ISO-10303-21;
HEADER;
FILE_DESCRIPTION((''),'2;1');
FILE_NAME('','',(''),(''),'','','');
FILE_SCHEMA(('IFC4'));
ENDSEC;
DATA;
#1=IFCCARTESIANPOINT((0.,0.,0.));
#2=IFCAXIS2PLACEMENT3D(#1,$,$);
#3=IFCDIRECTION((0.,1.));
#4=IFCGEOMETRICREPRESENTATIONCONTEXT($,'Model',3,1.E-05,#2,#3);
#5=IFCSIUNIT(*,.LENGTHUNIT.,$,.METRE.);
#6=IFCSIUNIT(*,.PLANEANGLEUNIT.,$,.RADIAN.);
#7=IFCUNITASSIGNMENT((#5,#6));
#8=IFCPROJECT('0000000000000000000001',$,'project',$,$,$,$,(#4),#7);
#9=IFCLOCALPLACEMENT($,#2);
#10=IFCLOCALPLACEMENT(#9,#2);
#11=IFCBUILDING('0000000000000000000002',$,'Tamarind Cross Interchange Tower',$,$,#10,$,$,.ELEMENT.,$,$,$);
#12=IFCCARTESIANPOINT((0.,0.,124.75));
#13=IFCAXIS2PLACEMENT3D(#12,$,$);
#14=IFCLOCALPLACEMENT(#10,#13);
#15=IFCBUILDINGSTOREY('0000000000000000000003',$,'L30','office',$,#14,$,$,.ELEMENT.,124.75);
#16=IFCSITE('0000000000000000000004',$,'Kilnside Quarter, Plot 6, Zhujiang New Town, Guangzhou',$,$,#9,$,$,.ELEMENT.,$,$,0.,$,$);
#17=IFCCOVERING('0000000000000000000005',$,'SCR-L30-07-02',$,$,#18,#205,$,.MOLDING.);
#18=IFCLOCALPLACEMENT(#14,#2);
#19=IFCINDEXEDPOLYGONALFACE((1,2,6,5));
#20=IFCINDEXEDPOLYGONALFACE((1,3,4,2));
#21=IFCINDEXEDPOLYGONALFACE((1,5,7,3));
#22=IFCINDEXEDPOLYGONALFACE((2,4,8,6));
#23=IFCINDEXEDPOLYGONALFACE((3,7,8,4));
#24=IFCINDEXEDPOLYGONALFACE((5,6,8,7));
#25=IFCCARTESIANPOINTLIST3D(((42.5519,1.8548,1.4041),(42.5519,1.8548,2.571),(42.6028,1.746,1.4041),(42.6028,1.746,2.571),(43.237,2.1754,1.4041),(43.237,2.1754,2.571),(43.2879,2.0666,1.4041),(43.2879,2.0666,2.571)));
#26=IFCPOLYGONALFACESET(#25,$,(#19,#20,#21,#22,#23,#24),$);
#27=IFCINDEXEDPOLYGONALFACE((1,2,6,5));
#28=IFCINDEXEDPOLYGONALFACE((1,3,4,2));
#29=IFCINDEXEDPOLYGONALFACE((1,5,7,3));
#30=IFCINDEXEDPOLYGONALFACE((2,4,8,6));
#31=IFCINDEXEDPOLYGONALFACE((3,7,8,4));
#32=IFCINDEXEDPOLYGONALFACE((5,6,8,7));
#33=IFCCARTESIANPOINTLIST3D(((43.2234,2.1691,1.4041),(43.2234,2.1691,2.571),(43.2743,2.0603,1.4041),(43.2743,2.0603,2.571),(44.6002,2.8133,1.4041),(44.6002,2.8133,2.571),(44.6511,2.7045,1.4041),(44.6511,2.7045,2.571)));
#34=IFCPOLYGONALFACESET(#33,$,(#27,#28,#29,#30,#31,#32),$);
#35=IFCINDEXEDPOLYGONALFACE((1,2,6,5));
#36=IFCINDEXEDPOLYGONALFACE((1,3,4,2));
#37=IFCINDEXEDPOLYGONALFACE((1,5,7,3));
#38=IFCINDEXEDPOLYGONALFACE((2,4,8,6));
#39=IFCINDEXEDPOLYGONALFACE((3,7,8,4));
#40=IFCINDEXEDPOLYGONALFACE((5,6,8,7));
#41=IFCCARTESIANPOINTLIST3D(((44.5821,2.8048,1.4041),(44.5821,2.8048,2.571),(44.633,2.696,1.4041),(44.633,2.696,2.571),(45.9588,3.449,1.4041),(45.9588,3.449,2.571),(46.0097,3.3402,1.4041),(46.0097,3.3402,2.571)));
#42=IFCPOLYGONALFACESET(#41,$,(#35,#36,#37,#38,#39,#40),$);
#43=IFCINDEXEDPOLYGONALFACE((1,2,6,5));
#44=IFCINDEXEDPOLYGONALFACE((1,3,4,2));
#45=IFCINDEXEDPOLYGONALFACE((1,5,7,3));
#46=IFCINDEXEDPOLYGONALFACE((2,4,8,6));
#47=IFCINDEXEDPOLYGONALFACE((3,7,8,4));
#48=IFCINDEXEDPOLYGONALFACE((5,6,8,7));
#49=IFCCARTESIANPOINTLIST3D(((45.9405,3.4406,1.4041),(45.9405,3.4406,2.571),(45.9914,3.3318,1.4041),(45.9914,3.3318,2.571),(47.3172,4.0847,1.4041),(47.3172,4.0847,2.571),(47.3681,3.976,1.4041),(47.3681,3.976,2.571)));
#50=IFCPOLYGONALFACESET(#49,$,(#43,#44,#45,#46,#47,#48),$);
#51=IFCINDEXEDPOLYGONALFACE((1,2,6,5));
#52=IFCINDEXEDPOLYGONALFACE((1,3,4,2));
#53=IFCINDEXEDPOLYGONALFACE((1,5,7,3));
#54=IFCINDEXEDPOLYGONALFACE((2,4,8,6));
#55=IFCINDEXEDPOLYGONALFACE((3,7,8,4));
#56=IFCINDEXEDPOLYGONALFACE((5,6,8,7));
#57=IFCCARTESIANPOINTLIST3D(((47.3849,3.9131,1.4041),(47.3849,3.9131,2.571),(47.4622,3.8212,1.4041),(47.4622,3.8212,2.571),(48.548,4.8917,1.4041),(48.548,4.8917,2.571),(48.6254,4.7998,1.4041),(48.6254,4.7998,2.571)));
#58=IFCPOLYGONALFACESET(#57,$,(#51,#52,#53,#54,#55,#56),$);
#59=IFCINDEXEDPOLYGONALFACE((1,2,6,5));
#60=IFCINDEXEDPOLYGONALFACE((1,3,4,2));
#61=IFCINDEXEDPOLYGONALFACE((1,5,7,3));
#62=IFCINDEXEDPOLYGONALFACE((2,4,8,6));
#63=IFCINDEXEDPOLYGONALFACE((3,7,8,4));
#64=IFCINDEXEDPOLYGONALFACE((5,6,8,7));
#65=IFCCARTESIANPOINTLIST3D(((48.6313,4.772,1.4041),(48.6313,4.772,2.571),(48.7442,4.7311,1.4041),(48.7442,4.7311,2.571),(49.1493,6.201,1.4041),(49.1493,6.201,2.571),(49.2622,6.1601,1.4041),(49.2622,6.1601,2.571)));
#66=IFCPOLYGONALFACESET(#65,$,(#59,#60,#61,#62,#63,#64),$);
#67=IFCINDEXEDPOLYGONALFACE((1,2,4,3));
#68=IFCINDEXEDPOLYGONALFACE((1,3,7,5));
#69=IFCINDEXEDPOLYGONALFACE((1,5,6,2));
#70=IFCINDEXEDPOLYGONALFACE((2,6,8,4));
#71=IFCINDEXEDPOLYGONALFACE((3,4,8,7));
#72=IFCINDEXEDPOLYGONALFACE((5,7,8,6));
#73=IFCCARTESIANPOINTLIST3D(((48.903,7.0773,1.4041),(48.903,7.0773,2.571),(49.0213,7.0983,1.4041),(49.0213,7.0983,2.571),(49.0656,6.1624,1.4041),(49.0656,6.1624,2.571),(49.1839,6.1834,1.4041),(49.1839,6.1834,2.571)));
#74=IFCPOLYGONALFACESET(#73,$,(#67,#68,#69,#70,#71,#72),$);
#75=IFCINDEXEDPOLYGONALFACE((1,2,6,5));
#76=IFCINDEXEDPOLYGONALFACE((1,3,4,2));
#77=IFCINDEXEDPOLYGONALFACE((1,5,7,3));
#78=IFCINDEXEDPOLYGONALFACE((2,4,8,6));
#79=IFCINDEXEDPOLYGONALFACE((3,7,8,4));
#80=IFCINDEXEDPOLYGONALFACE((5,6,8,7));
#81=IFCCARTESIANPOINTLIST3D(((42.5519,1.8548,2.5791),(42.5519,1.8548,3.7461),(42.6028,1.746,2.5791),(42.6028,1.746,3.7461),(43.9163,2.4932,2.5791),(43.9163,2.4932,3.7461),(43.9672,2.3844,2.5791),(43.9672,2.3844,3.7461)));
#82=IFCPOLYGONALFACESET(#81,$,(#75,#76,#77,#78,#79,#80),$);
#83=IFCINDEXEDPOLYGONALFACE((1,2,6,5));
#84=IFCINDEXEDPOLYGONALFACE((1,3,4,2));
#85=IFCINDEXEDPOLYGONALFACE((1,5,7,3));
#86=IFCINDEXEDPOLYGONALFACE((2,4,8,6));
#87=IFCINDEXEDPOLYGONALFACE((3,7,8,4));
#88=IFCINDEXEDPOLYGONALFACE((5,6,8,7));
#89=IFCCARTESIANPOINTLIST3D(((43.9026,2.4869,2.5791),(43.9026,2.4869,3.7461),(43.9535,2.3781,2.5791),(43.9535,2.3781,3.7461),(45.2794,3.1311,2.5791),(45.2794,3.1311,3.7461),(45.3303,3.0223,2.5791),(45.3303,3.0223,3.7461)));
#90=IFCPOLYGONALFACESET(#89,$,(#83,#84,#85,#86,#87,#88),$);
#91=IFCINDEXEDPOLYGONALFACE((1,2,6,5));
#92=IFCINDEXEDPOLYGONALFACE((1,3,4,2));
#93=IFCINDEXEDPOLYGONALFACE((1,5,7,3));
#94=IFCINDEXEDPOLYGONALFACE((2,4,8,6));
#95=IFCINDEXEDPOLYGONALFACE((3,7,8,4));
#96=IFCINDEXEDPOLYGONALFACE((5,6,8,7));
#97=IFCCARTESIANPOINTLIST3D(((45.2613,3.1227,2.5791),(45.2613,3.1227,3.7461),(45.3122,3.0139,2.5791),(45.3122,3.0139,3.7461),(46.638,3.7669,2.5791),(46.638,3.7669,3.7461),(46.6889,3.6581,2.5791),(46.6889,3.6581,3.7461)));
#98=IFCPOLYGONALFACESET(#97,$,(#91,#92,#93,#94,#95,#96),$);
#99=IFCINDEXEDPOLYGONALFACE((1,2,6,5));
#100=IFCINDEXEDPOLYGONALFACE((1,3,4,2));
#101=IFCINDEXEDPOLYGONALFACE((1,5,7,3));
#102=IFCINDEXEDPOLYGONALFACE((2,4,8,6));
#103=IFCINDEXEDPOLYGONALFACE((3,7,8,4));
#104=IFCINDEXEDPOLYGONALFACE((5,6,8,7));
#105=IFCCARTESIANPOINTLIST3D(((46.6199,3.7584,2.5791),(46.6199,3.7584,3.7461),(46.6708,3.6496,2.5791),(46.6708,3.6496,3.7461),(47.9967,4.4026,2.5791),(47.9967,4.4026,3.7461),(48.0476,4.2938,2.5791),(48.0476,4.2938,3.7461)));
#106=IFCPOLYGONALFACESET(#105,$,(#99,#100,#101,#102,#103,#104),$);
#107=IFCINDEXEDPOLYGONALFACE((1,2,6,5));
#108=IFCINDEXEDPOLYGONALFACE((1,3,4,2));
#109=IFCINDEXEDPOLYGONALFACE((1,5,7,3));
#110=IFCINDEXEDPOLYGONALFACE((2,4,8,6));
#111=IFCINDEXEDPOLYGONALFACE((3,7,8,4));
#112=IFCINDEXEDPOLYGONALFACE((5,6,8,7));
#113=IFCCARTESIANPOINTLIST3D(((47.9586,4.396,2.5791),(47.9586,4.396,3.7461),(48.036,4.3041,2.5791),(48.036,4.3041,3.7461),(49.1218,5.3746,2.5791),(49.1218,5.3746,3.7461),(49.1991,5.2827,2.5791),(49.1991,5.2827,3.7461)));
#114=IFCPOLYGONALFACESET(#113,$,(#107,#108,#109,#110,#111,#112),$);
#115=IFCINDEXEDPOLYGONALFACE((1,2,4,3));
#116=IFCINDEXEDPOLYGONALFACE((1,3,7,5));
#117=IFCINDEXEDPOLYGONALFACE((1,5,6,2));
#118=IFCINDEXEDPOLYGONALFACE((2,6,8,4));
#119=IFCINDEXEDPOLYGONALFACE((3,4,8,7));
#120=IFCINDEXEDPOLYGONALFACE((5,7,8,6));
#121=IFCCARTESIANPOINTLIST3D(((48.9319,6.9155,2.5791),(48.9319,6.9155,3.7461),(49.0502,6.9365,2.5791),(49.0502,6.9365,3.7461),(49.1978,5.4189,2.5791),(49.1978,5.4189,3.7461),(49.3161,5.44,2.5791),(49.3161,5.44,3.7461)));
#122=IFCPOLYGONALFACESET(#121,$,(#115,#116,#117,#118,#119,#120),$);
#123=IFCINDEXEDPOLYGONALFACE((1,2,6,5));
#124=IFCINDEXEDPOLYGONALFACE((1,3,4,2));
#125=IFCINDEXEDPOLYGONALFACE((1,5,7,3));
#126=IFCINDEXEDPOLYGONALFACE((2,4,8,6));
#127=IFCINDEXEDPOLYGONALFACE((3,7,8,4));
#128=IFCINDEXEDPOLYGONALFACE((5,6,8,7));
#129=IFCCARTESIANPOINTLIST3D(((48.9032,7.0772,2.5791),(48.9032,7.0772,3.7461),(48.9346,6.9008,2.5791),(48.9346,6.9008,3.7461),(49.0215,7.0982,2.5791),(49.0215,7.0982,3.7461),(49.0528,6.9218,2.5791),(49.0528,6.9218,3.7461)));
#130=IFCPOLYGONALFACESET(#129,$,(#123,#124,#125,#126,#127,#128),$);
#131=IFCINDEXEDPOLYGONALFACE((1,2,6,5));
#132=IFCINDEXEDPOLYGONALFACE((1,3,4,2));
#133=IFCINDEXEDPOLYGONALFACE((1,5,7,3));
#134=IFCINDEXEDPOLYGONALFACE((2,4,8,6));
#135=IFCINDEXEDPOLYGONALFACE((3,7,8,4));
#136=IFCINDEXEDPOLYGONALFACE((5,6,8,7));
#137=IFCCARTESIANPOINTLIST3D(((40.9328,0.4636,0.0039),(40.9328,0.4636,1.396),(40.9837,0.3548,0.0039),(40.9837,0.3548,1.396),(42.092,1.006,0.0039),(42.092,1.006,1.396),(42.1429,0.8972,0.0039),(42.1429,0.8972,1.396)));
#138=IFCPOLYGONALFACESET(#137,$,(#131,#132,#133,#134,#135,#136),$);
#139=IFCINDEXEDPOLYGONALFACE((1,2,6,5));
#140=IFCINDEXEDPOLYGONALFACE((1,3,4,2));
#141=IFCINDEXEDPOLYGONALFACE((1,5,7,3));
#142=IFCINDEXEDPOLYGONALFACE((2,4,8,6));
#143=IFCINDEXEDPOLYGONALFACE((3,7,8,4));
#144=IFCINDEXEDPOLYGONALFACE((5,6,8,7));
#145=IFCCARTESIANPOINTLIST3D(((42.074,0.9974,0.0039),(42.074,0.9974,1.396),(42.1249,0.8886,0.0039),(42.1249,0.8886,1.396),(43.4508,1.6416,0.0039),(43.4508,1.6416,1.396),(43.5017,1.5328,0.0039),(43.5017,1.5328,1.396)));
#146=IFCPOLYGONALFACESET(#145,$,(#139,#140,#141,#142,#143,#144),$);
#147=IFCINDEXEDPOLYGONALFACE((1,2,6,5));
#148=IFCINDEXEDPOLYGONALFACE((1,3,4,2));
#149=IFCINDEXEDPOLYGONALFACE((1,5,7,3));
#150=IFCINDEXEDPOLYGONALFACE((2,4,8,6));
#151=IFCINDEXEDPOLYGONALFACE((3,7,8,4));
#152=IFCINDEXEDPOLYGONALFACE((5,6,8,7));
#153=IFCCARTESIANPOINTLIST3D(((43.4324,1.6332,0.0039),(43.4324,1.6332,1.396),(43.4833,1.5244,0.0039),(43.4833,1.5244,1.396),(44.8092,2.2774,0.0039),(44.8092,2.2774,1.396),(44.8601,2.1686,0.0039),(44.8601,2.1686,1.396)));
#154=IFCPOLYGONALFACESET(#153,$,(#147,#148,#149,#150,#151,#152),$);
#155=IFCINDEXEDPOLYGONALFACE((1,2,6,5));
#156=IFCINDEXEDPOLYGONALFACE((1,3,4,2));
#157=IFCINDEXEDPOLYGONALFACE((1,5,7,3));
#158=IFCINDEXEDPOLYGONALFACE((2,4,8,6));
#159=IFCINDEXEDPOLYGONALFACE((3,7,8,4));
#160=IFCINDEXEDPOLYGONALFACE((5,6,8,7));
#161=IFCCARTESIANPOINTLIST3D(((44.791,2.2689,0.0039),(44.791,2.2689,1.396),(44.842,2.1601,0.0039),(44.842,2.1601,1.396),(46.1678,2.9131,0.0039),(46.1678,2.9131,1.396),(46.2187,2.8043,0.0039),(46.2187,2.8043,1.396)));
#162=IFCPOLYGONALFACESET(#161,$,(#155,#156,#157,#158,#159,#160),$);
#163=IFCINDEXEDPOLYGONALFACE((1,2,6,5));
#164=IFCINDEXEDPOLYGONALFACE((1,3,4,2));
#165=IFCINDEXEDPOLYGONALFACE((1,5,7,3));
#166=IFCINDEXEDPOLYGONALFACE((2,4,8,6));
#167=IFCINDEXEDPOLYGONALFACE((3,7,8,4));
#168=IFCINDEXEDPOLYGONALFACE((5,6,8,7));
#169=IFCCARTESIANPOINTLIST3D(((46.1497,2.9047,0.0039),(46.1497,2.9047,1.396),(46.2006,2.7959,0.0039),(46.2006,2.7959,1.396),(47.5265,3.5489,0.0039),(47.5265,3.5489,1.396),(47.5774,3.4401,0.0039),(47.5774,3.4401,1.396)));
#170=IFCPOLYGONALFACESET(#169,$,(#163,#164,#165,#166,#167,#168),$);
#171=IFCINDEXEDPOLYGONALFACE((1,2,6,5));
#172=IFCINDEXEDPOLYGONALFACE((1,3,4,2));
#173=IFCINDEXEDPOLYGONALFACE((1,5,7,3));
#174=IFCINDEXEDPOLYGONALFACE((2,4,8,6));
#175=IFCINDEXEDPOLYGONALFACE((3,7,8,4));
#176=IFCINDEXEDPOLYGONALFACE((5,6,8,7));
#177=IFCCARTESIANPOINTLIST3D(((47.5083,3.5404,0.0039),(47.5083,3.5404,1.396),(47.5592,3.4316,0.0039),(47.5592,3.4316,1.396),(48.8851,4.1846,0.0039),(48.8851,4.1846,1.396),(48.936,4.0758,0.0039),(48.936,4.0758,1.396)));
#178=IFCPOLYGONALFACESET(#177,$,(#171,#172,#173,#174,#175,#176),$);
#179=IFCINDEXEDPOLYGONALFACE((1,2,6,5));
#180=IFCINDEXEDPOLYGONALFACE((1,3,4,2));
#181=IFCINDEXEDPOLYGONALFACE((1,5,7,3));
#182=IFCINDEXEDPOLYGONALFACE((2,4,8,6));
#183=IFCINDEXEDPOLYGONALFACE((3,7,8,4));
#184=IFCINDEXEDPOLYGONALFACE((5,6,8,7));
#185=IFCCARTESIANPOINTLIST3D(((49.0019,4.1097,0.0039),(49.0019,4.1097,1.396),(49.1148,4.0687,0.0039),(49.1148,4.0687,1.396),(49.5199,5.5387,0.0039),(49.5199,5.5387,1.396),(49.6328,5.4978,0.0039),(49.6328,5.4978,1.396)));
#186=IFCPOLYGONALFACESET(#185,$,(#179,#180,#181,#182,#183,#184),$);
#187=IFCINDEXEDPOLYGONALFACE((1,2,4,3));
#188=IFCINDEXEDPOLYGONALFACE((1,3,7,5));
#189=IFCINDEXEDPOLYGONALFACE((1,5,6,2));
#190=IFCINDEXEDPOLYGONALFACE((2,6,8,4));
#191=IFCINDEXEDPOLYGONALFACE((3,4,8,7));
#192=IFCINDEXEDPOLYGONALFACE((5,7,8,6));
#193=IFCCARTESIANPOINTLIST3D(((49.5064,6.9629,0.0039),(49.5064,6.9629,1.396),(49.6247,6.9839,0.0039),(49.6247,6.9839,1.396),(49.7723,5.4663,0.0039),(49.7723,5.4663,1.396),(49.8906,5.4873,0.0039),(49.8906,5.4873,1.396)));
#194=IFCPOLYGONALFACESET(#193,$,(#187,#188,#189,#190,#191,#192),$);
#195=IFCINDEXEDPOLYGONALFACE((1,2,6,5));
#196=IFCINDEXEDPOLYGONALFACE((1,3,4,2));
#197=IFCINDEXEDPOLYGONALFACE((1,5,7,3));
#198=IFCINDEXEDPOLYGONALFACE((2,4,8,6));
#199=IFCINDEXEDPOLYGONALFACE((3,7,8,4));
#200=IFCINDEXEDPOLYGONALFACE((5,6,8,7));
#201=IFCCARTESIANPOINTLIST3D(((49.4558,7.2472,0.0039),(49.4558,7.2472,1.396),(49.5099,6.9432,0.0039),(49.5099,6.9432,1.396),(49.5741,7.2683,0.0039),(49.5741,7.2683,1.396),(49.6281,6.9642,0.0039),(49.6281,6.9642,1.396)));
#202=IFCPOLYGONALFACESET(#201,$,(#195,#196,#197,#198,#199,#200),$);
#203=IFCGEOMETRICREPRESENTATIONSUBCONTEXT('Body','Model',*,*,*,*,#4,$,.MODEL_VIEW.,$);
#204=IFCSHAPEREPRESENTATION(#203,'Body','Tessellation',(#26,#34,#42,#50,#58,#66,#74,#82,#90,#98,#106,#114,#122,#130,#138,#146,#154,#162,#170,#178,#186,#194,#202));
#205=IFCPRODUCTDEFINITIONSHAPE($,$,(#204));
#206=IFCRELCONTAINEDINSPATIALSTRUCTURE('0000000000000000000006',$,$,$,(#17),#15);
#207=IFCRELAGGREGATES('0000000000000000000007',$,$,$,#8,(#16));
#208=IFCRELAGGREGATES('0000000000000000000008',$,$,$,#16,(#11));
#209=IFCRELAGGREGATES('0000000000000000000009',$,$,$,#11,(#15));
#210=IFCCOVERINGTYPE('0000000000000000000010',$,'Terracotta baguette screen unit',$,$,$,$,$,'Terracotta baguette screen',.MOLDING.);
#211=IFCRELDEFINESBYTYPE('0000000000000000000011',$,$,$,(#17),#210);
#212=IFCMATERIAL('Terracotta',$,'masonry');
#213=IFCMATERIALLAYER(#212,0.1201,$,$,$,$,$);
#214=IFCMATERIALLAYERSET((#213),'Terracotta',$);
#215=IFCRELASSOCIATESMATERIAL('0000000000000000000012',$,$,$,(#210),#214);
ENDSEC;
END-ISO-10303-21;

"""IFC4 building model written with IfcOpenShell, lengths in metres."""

from ifc_helpers import new_model, si_unit, direction, frame, origin, origin_2d, place, context, subcontext, project, spatial, rectangle, extrude, material, layer, layer_set, type_object, element, save


model = new_model("IFC4")

# Units and contexts
model_context = context("Model", 3, precision=1e-05, world=origin(), true_north=direction((0.0, 1.0)))
body_context = subcontext(model_context, "Body", "Model", "MODEL_VIEW")
ifc_project = project(units=[si_unit("LENGTHUNIT", "METRE"), si_unit("PLANEANGLEUNIT", "RADIAN")], contexts=[model_context])

# Site, building, storey
site_placement = place(None, origin())
site = spatial("IfcSite", under=ifc_project, at=site_placement, Name="Kilnside Quarter, Plot 6, Zhujiang New Town, Guangzhou", CompositionType="ELEMENT", RefElevation=0.0)
building_placement = place(site_placement, origin())
building = spatial("IfcBuilding", under=site, at=building_placement, Name="Tamarind Cross Interchange Tower", CompositionType="ELEMENT")
storey_placement = place(building_placement, frame((0.0, 0.0, 124.75)))
storey = spatial("IfcBuildingStorey", under=building, at=storey_placement, Name="L30", Description="office", CompositionType="ELEMENT", Elevation=124.75)

# Covering
ifc_material_1 = material(Name="Terracotta", Category="masonry")
ifc_layer_1 = layer(ifc_material_1, 0.1201)
ifc_layer_set_1 = layer_set([ifc_layer_1], Name="Terracotta")
covering_type = type_object("IfcCoveringType", Name="Terracotta baguette screen unit", ElementType="Terracotta baguette screen", PredefinedType="MOLDING", material=ifc_layer_set_1)
covering_1_placement = place(storey_placement, origin())
element("IfcCovering", 1, at=covering_1_placement, inside=storey, type_object=covering_type, Name="SCR-L30-07-02", PredefinedType="MOLDING", context=body_context, shape_type="SweptSolid", body=[
    extrude(rectangle(XDim=0.7563, YDim=0.1201, at=origin_2d()), frame((42.9199, 1.9607, 1.4041), z_axis=(0.0, 0.0, 1.0), x_axis=(0.905752, 0.423807, 0.0)), (0.0, 0.0, 1.0), 1.167),
    extrude(rectangle(XDim=1.52, YDim=0.1201, at=origin_2d()), frame((43.9373, 2.4368, 1.4041), z_axis=(0.0, 0.0, 1.0), x_axis=(0.905752, 0.423807, 0.0)), (0.0, 0.0, 1.0), 1.167),
    extrude(rectangle(XDim=1.52, YDim=0.1201, at=origin_2d()), frame((45.2959, 3.0725, 1.4041), z_axis=(0.0, 0.0, 1.0), x_axis=(0.905752, 0.423807, 0.0)), (0.0, 0.0, 1.0), 1.167),
    extrude(rectangle(XDim=1.52, YDim=0.1201, at=origin_2d()), frame((46.6543, 3.7083, 1.4041), z_axis=(0.0, 0.0, 1.0), x_axis=(0.905752, 0.423807, 0.0)), (0.0, 0.0, 1.0), 1.167),
    extrude(rectangle(XDim=1.52, YDim=0.1201, at=origin_2d()), frame((48.0051, 4.3564, 1.4041), z_axis=(0.0, 0.0, 1.0), x_axis=(0.7652, 0.643792, 0.0)), (0.0, 0.0, 1.0), 1.167),
    extrude(rectangle(XDim=1.52, YDim=0.1201, at=origin_2d()), frame((48.9468, 5.4661, 1.4041), z_axis=(0.0, 0.0, 1.0), x_axis=(0.340787, 0.940141, 0.0)), (0.0, 0.0, 1.0), 1.167),
    extrude(rectangle(XDim=0.9292, YDim=0.1201, at=origin_2d()), frame((49.0435, 6.6304, 1.4041), z_axis=(0.0, 0.0, 1.0), x_axis=(-0.174941, 0.984579, 0.0)), (0.0, 0.0, 1.0), 1.167),
    extrude(rectangle(XDim=1.5063, YDim=0.1201, at=origin_2d()), frame((43.2595, 2.1196, 2.5791), z_axis=(0.0, 0.0, 1.0), x_axis=(0.905752, 0.423807, 0.0)), (0.0, 0.0, 1.0), 1.167),
    extrude(rectangle(XDim=1.52, YDim=0.1201, at=origin_2d()), frame((44.6165, 2.7546, 2.5791), z_axis=(0.0, 0.0, 1.0), x_axis=(0.905752, 0.423807, 0.0)), (0.0, 0.0, 1.0), 1.167),
    extrude(rectangle(XDim=1.52, YDim=0.1201, at=origin_2d()), frame((45.9751, 3.3904, 2.5791), z_axis=(0.0, 0.0, 1.0), x_axis=(0.905752, 0.423807, 0.0)), (0.0, 0.0, 1.0), 1.167),
    extrude(rectangle(XDim=1.52, YDim=0.1201, at=origin_2d()), frame((47.3337, 4.0261, 2.5791), z_axis=(0.0, 0.0, 1.0), x_axis=(0.905752, 0.423807, 0.0)), (0.0, 0.0, 1.0), 1.167),
    extrude(rectangle(XDim=1.52, YDim=0.1201, at=origin_2d()), frame((48.5789, 4.8394, 2.5791), z_axis=(0.0, 0.0, 1.0), x_axis=(0.7652, 0.643792, 0.0)), (0.0, 0.0, 1.0), 1.167),
    extrude(rectangle(XDim=1.52, YDim=0.1201, at=origin_2d()), frame((49.124, 6.1777, 2.5791), z_axis=(0.0, 0.0, 1.0), x_axis=(-0.174941, 0.984579, 0.0)), (0.0, 0.0, 1.0), 1.167),
    extrude(rectangle(XDim=0.1792, YDim=0.1201, at=origin_2d()), frame((48.978, 6.9995, 2.5791), z_axis=(0.0, 0.0, 1.0), x_axis=(-0.174941, 0.984579, 0.0)), (0.0, 0.0, 1.0), 1.167),
    extrude(rectangle(XDim=1.2798, YDim=0.1201, at=origin_2d()), frame((41.5378, 0.6804, 0.0039), z_axis=(0.0, 0.0, 1.0), x_axis=(0.905752, 0.423807, 0.0)), (0.0, 0.0, 1.0), 1.3921),
    extrude(rectangle(XDim=1.52, YDim=0.1201, at=origin_2d()), frame((42.7878, 1.2651, 0.0039), z_axis=(0.0, 0.0, 1.0), x_axis=(0.905752, 0.423807, 0.0)), (0.0, 0.0, 1.0), 1.3921),
    extrude(rectangle(XDim=1.52, YDim=0.1201, at=origin_2d()), frame((44.1462, 1.9009, 0.0039), z_axis=(0.0, 0.0, 1.0), x_axis=(0.905752, 0.423807, 0.0)), (0.0, 0.0, 1.0), 1.3921),
    extrude(rectangle(XDim=1.52, YDim=0.1201, at=origin_2d()), frame((45.5049, 2.5366, 0.0039), z_axis=(0.0, 0.0, 1.0), x_axis=(0.905752, 0.423807, 0.0)), (0.0, 0.0, 1.0), 1.3921),
    extrude(rectangle(XDim=1.52, YDim=0.1201, at=origin_2d()), frame((46.8635, 3.1724, 0.0039), z_axis=(0.0, 0.0, 1.0), x_axis=(0.905752, 0.423807, 0.0)), (0.0, 0.0, 1.0), 1.3921),
    extrude(rectangle(XDim=1.52, YDim=0.1201, at=origin_2d()), frame((48.2222, 3.8081, 0.0039), z_axis=(0.0, 0.0, 1.0), x_axis=(0.905752, 0.423807, 0.0)), (0.0, 0.0, 1.0), 1.3921),
    extrude(rectangle(XDim=1.52, YDim=0.1201, at=origin_2d()), frame((49.3174, 4.8037, 0.0039), z_axis=(0.0, 0.0, 1.0), x_axis=(0.340787, 0.940141, 0.0)), (0.0, 0.0, 1.0), 1.3921),
    extrude(rectangle(XDim=1.52, YDim=0.1201, at=origin_2d()), frame((49.6985, 6.2251, 0.0039), z_axis=(0.0, 0.0, 1.0), x_axis=(-0.174941, 0.984579, 0.0)), (0.0, 0.0, 1.0), 1.3921),
    extrude(rectangle(XDim=0.3088, YDim=0.1201, at=origin_2d()), frame((49.542, 7.1057, 0.0039), z_axis=(0.0, 0.0, 1.0), x_axis=(-0.174941, 0.984579, 0.0)), (0.0, 0.0, 1.0), 1.3921),
])

save(model, "model.ifc")
